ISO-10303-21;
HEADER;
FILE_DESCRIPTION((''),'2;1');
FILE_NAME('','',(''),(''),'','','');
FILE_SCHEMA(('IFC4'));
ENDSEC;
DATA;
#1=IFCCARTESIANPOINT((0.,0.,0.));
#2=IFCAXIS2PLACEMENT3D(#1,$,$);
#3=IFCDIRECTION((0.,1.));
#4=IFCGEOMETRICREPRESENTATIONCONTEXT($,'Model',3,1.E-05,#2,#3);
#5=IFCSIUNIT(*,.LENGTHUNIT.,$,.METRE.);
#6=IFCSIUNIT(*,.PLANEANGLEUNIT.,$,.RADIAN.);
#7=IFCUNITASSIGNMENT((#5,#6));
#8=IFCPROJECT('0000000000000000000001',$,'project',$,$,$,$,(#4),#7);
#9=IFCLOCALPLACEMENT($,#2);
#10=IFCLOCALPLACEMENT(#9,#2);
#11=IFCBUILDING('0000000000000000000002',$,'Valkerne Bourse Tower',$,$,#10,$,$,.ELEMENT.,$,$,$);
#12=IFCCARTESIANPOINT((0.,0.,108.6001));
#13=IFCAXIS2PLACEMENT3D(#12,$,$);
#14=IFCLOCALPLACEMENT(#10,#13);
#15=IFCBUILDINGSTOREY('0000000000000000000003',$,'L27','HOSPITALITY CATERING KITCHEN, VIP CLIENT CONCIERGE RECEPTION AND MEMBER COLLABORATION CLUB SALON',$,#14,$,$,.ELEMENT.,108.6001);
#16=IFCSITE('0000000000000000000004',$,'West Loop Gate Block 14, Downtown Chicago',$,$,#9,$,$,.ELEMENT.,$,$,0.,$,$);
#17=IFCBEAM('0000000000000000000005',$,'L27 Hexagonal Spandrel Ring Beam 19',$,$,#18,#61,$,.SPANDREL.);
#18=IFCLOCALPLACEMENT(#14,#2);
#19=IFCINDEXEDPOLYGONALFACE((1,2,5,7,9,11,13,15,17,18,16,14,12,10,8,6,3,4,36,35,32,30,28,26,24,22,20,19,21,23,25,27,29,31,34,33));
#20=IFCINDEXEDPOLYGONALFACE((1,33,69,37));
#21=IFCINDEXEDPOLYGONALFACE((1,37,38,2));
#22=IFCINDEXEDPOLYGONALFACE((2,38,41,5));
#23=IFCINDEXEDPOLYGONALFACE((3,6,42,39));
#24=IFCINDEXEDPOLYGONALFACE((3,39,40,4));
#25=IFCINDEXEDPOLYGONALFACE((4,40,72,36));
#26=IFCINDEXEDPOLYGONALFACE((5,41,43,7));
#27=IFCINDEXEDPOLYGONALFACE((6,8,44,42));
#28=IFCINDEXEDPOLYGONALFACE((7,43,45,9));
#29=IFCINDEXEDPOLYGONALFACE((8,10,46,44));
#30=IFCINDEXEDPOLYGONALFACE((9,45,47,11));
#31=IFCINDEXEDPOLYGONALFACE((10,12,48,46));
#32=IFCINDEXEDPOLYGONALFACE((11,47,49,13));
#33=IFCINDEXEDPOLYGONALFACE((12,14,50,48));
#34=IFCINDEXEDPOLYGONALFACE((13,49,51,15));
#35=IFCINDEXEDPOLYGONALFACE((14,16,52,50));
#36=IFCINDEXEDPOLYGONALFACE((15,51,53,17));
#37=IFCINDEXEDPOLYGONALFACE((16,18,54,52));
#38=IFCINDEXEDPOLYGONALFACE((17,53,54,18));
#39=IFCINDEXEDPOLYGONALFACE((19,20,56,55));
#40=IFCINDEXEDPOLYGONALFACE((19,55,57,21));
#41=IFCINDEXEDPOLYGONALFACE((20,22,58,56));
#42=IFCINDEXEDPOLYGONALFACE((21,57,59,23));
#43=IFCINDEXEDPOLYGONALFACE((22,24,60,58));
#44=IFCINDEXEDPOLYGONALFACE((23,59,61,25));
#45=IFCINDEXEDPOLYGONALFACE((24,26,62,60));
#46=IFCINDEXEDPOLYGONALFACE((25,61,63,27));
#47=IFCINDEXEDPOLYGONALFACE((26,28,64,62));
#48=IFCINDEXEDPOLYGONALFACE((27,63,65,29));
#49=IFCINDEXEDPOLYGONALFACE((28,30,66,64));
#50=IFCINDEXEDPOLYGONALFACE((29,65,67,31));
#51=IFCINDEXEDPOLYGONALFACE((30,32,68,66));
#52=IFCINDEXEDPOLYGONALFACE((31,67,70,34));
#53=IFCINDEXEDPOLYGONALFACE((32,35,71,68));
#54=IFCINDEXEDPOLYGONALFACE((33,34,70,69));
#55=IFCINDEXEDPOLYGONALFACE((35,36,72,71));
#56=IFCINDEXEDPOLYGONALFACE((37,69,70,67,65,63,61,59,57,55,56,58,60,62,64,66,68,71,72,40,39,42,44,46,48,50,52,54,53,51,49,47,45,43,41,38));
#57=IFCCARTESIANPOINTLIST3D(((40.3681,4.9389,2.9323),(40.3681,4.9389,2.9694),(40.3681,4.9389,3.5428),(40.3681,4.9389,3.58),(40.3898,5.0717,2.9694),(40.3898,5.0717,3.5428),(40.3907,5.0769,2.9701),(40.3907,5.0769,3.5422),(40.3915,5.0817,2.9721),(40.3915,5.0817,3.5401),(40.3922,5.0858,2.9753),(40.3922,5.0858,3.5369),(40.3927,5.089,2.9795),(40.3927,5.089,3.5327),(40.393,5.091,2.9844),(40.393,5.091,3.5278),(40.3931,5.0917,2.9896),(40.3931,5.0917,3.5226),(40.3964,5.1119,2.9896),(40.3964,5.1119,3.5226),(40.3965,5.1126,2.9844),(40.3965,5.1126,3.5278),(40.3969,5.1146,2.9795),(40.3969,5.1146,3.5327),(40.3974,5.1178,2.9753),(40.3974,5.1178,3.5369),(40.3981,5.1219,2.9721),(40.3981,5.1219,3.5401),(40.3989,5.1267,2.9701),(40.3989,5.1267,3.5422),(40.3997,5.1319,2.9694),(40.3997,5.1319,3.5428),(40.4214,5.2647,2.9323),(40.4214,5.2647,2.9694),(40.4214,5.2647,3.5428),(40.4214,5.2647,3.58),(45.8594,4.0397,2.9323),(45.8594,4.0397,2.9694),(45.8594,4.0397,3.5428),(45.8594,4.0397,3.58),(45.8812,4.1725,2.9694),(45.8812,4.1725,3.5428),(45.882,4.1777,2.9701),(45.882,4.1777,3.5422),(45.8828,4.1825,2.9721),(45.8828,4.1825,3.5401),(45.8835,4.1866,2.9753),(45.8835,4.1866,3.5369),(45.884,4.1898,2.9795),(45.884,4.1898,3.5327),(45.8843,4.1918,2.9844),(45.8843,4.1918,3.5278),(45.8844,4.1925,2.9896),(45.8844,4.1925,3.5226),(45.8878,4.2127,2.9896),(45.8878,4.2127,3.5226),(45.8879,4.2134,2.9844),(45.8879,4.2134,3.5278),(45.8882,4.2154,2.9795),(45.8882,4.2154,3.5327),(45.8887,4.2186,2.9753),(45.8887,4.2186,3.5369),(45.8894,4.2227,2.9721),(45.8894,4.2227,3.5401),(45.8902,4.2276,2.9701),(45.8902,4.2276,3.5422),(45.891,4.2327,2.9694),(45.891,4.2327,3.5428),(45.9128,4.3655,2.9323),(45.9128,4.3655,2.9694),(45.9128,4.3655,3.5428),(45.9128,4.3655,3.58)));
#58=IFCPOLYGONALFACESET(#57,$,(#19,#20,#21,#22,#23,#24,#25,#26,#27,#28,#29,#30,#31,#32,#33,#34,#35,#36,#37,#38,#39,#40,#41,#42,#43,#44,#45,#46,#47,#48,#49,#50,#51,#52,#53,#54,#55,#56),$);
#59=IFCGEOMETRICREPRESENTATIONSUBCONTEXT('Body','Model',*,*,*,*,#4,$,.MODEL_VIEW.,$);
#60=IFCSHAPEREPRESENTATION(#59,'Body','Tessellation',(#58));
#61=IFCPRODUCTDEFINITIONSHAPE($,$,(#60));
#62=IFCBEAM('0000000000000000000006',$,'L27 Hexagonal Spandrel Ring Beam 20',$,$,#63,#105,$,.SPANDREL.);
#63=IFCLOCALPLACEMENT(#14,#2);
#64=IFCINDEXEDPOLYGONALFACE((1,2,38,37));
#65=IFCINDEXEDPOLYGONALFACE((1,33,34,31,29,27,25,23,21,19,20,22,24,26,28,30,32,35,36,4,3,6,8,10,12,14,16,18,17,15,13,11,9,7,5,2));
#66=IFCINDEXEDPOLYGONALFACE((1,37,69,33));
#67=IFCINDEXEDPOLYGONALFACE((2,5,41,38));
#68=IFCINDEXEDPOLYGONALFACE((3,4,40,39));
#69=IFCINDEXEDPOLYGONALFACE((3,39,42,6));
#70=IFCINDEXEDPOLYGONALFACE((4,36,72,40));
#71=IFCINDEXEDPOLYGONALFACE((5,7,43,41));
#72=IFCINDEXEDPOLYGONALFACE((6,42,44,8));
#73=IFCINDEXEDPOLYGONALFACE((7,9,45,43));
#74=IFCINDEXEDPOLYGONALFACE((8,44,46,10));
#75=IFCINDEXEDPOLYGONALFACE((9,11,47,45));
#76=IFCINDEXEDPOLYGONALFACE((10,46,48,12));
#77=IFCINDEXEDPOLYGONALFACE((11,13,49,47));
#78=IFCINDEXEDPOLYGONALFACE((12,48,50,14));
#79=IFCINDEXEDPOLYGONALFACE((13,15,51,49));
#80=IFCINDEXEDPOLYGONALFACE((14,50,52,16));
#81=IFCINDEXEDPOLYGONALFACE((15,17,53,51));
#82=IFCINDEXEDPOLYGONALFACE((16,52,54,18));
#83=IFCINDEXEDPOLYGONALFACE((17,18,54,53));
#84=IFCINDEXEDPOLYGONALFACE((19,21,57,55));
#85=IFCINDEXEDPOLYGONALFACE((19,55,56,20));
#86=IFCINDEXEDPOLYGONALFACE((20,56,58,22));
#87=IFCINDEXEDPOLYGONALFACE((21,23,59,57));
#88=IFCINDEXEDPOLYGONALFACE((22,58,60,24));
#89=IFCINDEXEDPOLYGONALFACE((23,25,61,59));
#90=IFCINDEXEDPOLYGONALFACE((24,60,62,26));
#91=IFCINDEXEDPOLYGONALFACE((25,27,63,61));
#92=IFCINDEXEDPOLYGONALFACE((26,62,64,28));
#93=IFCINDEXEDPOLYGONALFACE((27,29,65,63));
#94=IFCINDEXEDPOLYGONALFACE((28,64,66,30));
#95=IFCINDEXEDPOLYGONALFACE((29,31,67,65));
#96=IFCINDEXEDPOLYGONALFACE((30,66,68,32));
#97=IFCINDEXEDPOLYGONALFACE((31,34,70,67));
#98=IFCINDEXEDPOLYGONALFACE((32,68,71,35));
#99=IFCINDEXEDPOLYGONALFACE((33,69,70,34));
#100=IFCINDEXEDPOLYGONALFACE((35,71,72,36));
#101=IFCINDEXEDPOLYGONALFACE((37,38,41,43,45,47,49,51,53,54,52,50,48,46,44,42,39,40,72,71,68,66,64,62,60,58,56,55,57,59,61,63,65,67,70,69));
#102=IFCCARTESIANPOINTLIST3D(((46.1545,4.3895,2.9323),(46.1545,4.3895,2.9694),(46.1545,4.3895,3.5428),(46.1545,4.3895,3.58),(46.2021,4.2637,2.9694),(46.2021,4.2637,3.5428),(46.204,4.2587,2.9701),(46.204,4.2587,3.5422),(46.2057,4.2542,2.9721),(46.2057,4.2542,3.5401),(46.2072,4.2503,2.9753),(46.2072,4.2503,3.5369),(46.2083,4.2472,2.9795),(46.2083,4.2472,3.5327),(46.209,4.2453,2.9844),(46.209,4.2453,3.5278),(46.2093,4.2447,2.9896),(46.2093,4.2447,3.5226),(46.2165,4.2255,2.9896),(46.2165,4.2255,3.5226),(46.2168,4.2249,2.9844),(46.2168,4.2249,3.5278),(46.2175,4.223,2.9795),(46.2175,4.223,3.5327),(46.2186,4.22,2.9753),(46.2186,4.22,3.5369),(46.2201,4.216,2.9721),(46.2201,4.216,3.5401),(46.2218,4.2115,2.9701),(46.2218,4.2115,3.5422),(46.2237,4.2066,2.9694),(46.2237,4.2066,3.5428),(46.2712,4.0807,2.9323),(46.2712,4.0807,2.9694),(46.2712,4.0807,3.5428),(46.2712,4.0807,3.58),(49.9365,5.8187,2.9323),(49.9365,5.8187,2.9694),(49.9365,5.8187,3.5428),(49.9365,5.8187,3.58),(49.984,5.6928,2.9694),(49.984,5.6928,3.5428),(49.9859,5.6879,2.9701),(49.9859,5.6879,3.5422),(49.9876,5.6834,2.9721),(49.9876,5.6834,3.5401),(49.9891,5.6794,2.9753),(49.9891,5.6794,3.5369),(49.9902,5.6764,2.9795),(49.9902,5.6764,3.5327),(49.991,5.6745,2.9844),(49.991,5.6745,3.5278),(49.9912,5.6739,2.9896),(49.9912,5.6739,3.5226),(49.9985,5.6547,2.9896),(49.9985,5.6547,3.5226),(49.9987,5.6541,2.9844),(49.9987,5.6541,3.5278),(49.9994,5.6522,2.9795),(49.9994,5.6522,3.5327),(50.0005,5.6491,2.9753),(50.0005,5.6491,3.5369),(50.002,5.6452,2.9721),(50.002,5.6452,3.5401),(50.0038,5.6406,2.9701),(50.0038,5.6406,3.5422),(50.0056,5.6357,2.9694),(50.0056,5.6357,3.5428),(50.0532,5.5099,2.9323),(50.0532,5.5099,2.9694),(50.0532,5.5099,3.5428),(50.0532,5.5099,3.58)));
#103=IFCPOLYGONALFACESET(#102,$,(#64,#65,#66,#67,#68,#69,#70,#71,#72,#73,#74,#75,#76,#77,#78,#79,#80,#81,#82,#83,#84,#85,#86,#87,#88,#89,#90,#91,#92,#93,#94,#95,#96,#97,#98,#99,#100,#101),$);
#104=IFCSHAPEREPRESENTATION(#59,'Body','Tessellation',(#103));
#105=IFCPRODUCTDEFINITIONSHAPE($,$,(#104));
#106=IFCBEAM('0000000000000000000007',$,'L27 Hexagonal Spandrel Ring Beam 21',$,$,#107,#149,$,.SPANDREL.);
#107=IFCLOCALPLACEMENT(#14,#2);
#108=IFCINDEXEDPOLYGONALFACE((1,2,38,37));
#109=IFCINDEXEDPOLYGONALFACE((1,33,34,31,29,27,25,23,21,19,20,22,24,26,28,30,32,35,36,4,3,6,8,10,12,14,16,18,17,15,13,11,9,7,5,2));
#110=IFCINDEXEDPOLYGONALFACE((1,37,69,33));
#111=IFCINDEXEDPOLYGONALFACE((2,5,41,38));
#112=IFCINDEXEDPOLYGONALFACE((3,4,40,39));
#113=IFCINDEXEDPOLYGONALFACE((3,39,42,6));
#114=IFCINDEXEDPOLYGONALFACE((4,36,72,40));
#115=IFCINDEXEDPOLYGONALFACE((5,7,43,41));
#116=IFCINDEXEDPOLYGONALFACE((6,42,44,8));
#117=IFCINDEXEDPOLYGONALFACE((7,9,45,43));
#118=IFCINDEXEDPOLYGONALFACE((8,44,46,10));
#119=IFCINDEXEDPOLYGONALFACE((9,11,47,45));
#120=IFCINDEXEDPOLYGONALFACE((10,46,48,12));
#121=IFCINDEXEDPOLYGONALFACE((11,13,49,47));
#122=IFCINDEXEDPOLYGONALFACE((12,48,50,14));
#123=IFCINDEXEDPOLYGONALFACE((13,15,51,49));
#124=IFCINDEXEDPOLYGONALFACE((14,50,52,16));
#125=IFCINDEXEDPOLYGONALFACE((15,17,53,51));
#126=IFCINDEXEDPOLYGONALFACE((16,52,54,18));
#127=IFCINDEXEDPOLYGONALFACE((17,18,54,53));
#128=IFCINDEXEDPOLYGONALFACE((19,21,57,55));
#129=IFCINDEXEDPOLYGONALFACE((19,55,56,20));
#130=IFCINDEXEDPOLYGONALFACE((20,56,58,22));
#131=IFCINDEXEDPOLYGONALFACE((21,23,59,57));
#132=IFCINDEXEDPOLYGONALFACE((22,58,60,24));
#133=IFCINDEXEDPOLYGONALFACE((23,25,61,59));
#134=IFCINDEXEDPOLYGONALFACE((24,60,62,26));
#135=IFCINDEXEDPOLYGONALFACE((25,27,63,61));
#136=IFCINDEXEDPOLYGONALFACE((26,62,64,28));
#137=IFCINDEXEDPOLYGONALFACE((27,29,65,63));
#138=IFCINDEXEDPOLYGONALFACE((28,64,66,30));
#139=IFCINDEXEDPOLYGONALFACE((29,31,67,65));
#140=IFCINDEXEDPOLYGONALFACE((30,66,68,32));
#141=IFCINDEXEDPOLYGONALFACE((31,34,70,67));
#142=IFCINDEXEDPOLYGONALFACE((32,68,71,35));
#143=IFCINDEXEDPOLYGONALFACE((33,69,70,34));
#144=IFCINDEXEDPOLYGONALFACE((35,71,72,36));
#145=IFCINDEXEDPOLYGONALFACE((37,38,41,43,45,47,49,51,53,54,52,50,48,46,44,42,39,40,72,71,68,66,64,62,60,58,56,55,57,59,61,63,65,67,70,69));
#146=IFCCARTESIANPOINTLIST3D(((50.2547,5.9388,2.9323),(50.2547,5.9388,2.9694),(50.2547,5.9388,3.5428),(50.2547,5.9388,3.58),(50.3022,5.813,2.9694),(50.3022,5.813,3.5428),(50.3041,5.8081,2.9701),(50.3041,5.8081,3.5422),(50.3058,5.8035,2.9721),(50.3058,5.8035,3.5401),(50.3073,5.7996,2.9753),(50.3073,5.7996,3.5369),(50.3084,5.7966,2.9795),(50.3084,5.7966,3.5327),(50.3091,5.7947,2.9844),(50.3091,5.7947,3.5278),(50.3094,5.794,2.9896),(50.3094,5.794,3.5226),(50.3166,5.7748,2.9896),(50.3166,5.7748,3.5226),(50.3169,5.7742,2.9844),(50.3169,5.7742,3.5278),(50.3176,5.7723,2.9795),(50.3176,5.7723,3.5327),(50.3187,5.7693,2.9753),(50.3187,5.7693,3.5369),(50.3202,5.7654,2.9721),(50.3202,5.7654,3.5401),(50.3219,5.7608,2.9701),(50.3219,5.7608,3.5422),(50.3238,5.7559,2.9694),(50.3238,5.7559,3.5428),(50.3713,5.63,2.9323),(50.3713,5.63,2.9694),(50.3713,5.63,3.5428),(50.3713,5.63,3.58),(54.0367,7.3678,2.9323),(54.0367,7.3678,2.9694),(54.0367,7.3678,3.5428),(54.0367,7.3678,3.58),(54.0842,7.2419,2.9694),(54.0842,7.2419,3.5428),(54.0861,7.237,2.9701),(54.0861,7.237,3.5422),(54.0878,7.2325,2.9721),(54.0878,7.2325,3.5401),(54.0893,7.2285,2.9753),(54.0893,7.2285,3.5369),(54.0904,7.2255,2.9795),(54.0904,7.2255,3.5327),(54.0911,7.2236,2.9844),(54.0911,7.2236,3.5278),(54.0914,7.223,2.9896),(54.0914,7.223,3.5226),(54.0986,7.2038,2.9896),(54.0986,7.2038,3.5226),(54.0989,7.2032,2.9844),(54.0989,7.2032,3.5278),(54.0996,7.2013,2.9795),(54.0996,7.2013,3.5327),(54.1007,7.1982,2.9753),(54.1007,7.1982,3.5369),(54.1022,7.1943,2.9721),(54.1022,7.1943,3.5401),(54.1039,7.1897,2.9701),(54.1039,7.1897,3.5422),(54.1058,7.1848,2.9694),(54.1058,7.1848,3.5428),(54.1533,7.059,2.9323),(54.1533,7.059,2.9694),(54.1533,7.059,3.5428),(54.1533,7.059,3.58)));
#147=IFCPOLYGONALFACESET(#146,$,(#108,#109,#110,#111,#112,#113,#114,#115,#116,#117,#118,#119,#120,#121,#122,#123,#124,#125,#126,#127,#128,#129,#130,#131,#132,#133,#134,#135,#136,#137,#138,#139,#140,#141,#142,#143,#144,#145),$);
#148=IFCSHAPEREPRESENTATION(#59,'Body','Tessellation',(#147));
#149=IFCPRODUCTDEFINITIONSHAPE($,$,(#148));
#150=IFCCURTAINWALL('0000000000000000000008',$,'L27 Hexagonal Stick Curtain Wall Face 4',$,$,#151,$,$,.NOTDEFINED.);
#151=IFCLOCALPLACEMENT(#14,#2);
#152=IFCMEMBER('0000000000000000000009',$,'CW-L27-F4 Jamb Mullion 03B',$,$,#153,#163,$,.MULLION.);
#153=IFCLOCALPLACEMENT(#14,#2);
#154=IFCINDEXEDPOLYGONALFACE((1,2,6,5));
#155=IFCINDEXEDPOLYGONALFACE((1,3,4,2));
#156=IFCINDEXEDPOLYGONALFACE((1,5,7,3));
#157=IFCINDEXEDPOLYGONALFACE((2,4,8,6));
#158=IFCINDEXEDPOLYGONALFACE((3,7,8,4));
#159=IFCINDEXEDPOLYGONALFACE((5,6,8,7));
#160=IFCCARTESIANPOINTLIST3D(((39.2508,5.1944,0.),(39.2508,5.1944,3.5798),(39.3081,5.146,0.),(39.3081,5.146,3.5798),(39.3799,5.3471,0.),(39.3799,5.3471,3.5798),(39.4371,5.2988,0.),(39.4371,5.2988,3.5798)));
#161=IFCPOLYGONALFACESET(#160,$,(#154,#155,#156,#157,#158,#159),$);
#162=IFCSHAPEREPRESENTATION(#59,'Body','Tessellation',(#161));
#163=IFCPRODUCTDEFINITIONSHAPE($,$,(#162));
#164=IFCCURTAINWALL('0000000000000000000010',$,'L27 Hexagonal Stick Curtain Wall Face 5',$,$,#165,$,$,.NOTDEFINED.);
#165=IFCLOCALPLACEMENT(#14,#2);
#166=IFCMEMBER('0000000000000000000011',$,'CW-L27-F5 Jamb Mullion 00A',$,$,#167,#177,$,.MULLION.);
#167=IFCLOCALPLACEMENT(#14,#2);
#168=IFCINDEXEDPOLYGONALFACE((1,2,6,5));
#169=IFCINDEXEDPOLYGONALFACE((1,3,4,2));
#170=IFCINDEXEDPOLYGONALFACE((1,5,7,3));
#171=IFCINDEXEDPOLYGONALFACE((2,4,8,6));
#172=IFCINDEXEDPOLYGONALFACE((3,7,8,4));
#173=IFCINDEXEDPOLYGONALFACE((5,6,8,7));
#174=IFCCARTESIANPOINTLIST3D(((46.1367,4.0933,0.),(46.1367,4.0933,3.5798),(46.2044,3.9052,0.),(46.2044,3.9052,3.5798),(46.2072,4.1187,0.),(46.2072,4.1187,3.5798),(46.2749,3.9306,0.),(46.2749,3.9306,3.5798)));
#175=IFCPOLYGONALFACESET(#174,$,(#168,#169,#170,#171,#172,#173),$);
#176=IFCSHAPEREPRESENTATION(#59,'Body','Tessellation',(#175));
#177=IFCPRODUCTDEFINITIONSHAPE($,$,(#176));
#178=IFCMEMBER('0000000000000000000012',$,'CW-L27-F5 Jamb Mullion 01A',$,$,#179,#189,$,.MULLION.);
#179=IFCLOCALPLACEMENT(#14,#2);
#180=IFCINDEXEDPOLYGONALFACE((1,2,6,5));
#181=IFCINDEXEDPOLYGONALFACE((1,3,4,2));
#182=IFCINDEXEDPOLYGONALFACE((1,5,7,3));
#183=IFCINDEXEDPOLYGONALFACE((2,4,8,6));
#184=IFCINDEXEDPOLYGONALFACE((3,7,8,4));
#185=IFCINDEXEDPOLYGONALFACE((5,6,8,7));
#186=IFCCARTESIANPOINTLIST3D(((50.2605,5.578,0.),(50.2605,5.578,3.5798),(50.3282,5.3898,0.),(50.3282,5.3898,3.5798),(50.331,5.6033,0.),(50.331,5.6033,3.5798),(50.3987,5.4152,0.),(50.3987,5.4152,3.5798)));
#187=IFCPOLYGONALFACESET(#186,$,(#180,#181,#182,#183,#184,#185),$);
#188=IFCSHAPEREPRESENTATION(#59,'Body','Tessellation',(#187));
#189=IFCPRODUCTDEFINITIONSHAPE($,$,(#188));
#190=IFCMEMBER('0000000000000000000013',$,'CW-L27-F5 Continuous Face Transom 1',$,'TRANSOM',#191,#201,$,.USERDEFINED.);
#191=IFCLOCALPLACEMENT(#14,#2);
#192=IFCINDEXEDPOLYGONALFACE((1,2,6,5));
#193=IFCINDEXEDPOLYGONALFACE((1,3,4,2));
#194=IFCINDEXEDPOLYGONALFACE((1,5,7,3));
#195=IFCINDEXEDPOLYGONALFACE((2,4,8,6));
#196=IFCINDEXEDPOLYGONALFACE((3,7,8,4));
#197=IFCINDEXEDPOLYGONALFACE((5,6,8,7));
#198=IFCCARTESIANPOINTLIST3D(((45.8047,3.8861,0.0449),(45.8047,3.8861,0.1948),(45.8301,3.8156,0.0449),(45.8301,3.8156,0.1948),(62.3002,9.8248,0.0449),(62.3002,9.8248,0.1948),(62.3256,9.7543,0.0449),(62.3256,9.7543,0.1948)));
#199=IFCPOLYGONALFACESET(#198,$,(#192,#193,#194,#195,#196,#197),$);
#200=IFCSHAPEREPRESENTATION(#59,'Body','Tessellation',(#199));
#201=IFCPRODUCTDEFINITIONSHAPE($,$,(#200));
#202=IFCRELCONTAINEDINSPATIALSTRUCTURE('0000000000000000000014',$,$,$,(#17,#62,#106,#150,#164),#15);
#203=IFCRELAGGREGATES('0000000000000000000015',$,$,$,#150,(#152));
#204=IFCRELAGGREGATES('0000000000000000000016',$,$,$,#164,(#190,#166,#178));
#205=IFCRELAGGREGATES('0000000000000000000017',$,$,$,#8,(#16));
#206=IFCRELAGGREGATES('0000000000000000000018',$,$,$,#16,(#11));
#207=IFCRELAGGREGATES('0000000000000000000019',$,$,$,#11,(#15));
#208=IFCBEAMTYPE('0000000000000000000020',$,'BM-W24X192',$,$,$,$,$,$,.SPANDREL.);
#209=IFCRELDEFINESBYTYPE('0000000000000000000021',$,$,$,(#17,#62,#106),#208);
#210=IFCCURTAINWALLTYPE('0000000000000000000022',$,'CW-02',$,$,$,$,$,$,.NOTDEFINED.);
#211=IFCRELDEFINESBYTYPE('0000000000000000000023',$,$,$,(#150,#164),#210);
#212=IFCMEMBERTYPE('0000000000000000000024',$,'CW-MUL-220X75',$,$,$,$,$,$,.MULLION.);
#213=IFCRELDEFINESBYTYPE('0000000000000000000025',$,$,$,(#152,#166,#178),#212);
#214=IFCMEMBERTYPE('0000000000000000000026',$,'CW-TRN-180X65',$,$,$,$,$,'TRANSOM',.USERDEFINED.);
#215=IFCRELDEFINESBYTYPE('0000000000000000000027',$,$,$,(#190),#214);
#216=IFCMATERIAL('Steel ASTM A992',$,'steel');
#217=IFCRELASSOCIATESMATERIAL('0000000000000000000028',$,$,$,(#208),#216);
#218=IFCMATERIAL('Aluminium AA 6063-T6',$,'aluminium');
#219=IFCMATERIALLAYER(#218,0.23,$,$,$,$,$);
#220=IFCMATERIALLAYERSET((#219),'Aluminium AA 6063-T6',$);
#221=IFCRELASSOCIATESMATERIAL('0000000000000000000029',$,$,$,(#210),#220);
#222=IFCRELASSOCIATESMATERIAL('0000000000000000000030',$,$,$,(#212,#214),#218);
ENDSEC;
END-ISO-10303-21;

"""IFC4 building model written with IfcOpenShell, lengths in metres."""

from ifc_helpers import new_model, si_unit, direction, frame, origin, origin_2d, place, context, subcontext, project, spatial, rectangle, i_section, extrude, material, layer, layer_set, material_profile, profile_set, type_object, element, aggregate, save


model = new_model("IFC4")

# Units and contexts
model_context = context("Model", 3, precision=1e-05, world=origin(), true_north=direction((0.0, 1.0)))
body_context = subcontext(model_context, "Body", "Model", "MODEL_VIEW")
ifc_project = project(units=[si_unit("LENGTHUNIT", "METRE"), si_unit("PLANEANGLEUNIT", "RADIAN")], contexts=[model_context])

# Site, building, storey
site_placement = place(None, origin())
site = spatial("IfcSite", under=ifc_project, at=site_placement, Name="West Loop Gate Block 14, Downtown Chicago", CompositionType="ELEMENT", RefElevation=0.0)
building_placement = place(site_placement, origin())
building = spatial("IfcBuilding", under=site, at=building_placement, Name="Valkerne Bourse Tower", CompositionType="ELEMENT")
storey_placement = place(building_placement, frame((0.0, 0.0, 108.6001)))
storey = spatial("IfcBuildingStorey", under=building, at=storey_placement, Name="L27", Description="HOSPITALITY CATERING KITCHEN, VIP CLIENT CONCIERGE RECEPTION AND MEMBER COLLABORATION CLUB SALON", CompositionType="ELEMENT", Elevation=108.6001)

# Beams
ifc_material_1 = material(Name="Steel ASTM A992", Category="steel")
ifc_material_profile_1 = material_profile(ifc_material_1, i_section(OverallWidth=0.3301, OverallDepth=0.6477, WebThickness=0.0205, FlangeThickness=0.0371, FilletRadius=0.0203, at=origin_2d()), Name="W24X192")
ifc_profile_set_1 = profile_set([ifc_material_profile_1], Name="Steel ASTM A992")
beam_type_1 = type_object("IfcBeamType", Name="BM-W24X192", PredefinedType="SPANDREL", material=ifc_profile_set_1)
beam_1_placement = place(storey_placement, frame((40.3948, 5.1018, 3.2561), z_axis=(0.986857, -0.161595, 0.0), x_axis=(0.161595, 0.986857, 0.0)))
element("IfcBeam", 1, at=beam_1_placement, inside=storey, type_object=beam_type_1, Name="L27 Hexagonal Spandrel Ring Beam 19", PredefinedType="SPANDREL", context=body_context, shape_type="SweptSolid", body=[
    extrude(i_section(OverallWidth=0.3301, OverallDepth=0.6477, WebThickness=0.0205, FlangeThickness=0.0371, FilletRadius=0.0203, at=origin_2d()), origin(), (0.0, 0.0, 1.0), 5.5645),
])
for number, where, z_axis, x_axis, name in (
    (2, (46.2129, 4.2351, 3.2561), (0.935435, 0.353498, 0.0), (-0.353498, 0.935435, 0.0), "L27 Hexagonal Spandrel Ring Beam 20"),
    (3, (50.313, 5.7844, 3.2561), (0.935455, 0.353445, 0.0), (-0.353445, 0.935455, 0.0), "L27 Hexagonal Spandrel Ring Beam 21"),
):
    element("IfcBeam", number, at=place(storey_placement, frame(where, z_axis=z_axis, x_axis=x_axis)), inside=storey, type_object=beam_type_1, Name=name, PredefinedType="SPANDREL", context=body_context, shape_type="SweptSolid", body=[
        extrude(i_section(OverallWidth=0.3301, OverallDepth=0.6477, WebThickness=0.0205, FlangeThickness=0.0371, FilletRadius=0.0203, at=origin_2d()), origin(), (0.0, 0.0, 1.0), 4.043),
    ])

# Curtain wall, member
ifc_material_2 = material(Name="Aluminium AA 6063-T6", Category="aluminium")
ifc_layer_1 = layer(ifc_material_2, 0.23)
ifc_layer_set_1 = layer_set([ifc_layer_1], Name="Aluminium AA 6063-T6")
curtain_wall_type = type_object("IfcCurtainWallType", Name="CW-02", PredefinedType="NOTDEFINED", material=ifc_layer_set_1)
curtain_wall_1_placement = place(storey_placement, origin())
curtain_wall_1 = element("IfcCurtainWall", 4, at=curtain_wall_1_placement, inside=storey, type_object=curtain_wall_type, Name="L27 Hexagonal Stick Curtain Wall Face 4", PredefinedType="NOTDEFINED")
ifc_material_profile_2 = material_profile(ifc_material_2, rectangle(XDim=0.075, YDim=0.2, at=origin_2d()), Name="CWM-75X200")
ifc_profile_set_2 = profile_set([ifc_material_profile_2], Name="Aluminium AA 6063-T6")
member_type_1 = type_object("IfcMemberType", Name="CW-MUL-220X75", PredefinedType="MULLION", material=ifc_profile_set_2)
member_1_placement = place(storey_placement, frame((39.344, 5.2466, 0.0), z_axis=(0.0, 0.0, 1.0), x_axis=(0.763799, -0.645454, 0.0)))
member_1 = element("IfcMember", 5, at=member_1_placement, type_object=member_type_1, Name="CW-L27-F4 Jamb Mullion 03B", PredefinedType="MULLION", context=body_context, shape_type="SweptSolid", body=[
    extrude(rectangle(XDim=0.075, YDim=0.2, at=origin_2d()), origin(), (0.0, 0.0, 1.0), 3.5798),
])

# Curtain wall, members
curtain_wall_2_placement = place(storey_placement, origin())
curtain_wall_2 = element("IfcCurtainWall", 6, at=curtain_wall_2_placement, inside=storey, type_object=curtain_wall_type, Name="L27 Hexagonal Stick Curtain Wall Face 5", PredefinedType="NOTDEFINED")
member_2_placement = place(storey_placement, frame((46.2058, 4.012, 0.0), z_axis=(0.0, 0.0, 1.0), x_axis=(0.94088, 0.338739, 0.0)))
member_2 = element("IfcMember", 7, at=member_2_placement, type_object=member_type_1, Name="CW-L27-F5 Jamb Mullion 00A", PredefinedType="MULLION", context=body_context, shape_type="SweptSolid", body=[
    extrude(rectangle(XDim=0.075, YDim=0.2, at=origin_2d()), origin(), (0.0, 0.0, 1.0), 3.5798),
])
member_3_placement = place(storey_placement, frame((50.3296, 5.4966, 0.0), z_axis=(0.0, 0.0, 1.0), x_axis=(0.94088, 0.338739, 0.0)))
member_3 = element("IfcMember", 8, at=member_3_placement, type_object=member_type_1, Name="CW-L27-F5 Jamb Mullion 01A", PredefinedType="MULLION", context=body_context, shape_type="SweptSolid", body=[
    extrude(rectangle(XDim=0.075, YDim=0.2, at=origin_2d()), origin(), (0.0, 0.0, 1.0), 3.5798),
])
ifc_material_profile_3 = material_profile(ifc_material_2, rectangle(XDim=0.075, YDim=0.1499, at=origin_2d()), Name="CWT-75X150")
ifc_profile_set_3 = profile_set([ifc_material_profile_3], Name="Aluminium AA 6063-T6")
member_type_2 = type_object("IfcMemberType", Name="CW-TRN-180X65", ElementType="TRANSOM", PredefinedType="USERDEFINED", material=ifc_profile_set_3)
member_4_placement = place(storey_placement, frame((45.8174, 3.8508, 0.1199), z_axis=(0.940882, 0.338735, 0.0), x_axis=(-0.338735, 0.940882, 0.0)))
member_4 = element("IfcMember", 9, at=member_4_placement, type_object=member_type_2, Name="CW-L27-F5 Continuous Face Transom 1", ObjectType="TRANSOM", PredefinedType="USERDEFINED", context=body_context, shape_type="SweptSolid", body=[
    extrude(rectangle(XDim=0.075, YDim=0.1499, at=origin_2d()), origin(), (0.0, 0.0, 1.0), 17.532),
])

aggregate(curtain_wall_1, [member_1])
aggregate(curtain_wall_2, [member_4, member_2, member_3])

save(model, "model.ifc")
